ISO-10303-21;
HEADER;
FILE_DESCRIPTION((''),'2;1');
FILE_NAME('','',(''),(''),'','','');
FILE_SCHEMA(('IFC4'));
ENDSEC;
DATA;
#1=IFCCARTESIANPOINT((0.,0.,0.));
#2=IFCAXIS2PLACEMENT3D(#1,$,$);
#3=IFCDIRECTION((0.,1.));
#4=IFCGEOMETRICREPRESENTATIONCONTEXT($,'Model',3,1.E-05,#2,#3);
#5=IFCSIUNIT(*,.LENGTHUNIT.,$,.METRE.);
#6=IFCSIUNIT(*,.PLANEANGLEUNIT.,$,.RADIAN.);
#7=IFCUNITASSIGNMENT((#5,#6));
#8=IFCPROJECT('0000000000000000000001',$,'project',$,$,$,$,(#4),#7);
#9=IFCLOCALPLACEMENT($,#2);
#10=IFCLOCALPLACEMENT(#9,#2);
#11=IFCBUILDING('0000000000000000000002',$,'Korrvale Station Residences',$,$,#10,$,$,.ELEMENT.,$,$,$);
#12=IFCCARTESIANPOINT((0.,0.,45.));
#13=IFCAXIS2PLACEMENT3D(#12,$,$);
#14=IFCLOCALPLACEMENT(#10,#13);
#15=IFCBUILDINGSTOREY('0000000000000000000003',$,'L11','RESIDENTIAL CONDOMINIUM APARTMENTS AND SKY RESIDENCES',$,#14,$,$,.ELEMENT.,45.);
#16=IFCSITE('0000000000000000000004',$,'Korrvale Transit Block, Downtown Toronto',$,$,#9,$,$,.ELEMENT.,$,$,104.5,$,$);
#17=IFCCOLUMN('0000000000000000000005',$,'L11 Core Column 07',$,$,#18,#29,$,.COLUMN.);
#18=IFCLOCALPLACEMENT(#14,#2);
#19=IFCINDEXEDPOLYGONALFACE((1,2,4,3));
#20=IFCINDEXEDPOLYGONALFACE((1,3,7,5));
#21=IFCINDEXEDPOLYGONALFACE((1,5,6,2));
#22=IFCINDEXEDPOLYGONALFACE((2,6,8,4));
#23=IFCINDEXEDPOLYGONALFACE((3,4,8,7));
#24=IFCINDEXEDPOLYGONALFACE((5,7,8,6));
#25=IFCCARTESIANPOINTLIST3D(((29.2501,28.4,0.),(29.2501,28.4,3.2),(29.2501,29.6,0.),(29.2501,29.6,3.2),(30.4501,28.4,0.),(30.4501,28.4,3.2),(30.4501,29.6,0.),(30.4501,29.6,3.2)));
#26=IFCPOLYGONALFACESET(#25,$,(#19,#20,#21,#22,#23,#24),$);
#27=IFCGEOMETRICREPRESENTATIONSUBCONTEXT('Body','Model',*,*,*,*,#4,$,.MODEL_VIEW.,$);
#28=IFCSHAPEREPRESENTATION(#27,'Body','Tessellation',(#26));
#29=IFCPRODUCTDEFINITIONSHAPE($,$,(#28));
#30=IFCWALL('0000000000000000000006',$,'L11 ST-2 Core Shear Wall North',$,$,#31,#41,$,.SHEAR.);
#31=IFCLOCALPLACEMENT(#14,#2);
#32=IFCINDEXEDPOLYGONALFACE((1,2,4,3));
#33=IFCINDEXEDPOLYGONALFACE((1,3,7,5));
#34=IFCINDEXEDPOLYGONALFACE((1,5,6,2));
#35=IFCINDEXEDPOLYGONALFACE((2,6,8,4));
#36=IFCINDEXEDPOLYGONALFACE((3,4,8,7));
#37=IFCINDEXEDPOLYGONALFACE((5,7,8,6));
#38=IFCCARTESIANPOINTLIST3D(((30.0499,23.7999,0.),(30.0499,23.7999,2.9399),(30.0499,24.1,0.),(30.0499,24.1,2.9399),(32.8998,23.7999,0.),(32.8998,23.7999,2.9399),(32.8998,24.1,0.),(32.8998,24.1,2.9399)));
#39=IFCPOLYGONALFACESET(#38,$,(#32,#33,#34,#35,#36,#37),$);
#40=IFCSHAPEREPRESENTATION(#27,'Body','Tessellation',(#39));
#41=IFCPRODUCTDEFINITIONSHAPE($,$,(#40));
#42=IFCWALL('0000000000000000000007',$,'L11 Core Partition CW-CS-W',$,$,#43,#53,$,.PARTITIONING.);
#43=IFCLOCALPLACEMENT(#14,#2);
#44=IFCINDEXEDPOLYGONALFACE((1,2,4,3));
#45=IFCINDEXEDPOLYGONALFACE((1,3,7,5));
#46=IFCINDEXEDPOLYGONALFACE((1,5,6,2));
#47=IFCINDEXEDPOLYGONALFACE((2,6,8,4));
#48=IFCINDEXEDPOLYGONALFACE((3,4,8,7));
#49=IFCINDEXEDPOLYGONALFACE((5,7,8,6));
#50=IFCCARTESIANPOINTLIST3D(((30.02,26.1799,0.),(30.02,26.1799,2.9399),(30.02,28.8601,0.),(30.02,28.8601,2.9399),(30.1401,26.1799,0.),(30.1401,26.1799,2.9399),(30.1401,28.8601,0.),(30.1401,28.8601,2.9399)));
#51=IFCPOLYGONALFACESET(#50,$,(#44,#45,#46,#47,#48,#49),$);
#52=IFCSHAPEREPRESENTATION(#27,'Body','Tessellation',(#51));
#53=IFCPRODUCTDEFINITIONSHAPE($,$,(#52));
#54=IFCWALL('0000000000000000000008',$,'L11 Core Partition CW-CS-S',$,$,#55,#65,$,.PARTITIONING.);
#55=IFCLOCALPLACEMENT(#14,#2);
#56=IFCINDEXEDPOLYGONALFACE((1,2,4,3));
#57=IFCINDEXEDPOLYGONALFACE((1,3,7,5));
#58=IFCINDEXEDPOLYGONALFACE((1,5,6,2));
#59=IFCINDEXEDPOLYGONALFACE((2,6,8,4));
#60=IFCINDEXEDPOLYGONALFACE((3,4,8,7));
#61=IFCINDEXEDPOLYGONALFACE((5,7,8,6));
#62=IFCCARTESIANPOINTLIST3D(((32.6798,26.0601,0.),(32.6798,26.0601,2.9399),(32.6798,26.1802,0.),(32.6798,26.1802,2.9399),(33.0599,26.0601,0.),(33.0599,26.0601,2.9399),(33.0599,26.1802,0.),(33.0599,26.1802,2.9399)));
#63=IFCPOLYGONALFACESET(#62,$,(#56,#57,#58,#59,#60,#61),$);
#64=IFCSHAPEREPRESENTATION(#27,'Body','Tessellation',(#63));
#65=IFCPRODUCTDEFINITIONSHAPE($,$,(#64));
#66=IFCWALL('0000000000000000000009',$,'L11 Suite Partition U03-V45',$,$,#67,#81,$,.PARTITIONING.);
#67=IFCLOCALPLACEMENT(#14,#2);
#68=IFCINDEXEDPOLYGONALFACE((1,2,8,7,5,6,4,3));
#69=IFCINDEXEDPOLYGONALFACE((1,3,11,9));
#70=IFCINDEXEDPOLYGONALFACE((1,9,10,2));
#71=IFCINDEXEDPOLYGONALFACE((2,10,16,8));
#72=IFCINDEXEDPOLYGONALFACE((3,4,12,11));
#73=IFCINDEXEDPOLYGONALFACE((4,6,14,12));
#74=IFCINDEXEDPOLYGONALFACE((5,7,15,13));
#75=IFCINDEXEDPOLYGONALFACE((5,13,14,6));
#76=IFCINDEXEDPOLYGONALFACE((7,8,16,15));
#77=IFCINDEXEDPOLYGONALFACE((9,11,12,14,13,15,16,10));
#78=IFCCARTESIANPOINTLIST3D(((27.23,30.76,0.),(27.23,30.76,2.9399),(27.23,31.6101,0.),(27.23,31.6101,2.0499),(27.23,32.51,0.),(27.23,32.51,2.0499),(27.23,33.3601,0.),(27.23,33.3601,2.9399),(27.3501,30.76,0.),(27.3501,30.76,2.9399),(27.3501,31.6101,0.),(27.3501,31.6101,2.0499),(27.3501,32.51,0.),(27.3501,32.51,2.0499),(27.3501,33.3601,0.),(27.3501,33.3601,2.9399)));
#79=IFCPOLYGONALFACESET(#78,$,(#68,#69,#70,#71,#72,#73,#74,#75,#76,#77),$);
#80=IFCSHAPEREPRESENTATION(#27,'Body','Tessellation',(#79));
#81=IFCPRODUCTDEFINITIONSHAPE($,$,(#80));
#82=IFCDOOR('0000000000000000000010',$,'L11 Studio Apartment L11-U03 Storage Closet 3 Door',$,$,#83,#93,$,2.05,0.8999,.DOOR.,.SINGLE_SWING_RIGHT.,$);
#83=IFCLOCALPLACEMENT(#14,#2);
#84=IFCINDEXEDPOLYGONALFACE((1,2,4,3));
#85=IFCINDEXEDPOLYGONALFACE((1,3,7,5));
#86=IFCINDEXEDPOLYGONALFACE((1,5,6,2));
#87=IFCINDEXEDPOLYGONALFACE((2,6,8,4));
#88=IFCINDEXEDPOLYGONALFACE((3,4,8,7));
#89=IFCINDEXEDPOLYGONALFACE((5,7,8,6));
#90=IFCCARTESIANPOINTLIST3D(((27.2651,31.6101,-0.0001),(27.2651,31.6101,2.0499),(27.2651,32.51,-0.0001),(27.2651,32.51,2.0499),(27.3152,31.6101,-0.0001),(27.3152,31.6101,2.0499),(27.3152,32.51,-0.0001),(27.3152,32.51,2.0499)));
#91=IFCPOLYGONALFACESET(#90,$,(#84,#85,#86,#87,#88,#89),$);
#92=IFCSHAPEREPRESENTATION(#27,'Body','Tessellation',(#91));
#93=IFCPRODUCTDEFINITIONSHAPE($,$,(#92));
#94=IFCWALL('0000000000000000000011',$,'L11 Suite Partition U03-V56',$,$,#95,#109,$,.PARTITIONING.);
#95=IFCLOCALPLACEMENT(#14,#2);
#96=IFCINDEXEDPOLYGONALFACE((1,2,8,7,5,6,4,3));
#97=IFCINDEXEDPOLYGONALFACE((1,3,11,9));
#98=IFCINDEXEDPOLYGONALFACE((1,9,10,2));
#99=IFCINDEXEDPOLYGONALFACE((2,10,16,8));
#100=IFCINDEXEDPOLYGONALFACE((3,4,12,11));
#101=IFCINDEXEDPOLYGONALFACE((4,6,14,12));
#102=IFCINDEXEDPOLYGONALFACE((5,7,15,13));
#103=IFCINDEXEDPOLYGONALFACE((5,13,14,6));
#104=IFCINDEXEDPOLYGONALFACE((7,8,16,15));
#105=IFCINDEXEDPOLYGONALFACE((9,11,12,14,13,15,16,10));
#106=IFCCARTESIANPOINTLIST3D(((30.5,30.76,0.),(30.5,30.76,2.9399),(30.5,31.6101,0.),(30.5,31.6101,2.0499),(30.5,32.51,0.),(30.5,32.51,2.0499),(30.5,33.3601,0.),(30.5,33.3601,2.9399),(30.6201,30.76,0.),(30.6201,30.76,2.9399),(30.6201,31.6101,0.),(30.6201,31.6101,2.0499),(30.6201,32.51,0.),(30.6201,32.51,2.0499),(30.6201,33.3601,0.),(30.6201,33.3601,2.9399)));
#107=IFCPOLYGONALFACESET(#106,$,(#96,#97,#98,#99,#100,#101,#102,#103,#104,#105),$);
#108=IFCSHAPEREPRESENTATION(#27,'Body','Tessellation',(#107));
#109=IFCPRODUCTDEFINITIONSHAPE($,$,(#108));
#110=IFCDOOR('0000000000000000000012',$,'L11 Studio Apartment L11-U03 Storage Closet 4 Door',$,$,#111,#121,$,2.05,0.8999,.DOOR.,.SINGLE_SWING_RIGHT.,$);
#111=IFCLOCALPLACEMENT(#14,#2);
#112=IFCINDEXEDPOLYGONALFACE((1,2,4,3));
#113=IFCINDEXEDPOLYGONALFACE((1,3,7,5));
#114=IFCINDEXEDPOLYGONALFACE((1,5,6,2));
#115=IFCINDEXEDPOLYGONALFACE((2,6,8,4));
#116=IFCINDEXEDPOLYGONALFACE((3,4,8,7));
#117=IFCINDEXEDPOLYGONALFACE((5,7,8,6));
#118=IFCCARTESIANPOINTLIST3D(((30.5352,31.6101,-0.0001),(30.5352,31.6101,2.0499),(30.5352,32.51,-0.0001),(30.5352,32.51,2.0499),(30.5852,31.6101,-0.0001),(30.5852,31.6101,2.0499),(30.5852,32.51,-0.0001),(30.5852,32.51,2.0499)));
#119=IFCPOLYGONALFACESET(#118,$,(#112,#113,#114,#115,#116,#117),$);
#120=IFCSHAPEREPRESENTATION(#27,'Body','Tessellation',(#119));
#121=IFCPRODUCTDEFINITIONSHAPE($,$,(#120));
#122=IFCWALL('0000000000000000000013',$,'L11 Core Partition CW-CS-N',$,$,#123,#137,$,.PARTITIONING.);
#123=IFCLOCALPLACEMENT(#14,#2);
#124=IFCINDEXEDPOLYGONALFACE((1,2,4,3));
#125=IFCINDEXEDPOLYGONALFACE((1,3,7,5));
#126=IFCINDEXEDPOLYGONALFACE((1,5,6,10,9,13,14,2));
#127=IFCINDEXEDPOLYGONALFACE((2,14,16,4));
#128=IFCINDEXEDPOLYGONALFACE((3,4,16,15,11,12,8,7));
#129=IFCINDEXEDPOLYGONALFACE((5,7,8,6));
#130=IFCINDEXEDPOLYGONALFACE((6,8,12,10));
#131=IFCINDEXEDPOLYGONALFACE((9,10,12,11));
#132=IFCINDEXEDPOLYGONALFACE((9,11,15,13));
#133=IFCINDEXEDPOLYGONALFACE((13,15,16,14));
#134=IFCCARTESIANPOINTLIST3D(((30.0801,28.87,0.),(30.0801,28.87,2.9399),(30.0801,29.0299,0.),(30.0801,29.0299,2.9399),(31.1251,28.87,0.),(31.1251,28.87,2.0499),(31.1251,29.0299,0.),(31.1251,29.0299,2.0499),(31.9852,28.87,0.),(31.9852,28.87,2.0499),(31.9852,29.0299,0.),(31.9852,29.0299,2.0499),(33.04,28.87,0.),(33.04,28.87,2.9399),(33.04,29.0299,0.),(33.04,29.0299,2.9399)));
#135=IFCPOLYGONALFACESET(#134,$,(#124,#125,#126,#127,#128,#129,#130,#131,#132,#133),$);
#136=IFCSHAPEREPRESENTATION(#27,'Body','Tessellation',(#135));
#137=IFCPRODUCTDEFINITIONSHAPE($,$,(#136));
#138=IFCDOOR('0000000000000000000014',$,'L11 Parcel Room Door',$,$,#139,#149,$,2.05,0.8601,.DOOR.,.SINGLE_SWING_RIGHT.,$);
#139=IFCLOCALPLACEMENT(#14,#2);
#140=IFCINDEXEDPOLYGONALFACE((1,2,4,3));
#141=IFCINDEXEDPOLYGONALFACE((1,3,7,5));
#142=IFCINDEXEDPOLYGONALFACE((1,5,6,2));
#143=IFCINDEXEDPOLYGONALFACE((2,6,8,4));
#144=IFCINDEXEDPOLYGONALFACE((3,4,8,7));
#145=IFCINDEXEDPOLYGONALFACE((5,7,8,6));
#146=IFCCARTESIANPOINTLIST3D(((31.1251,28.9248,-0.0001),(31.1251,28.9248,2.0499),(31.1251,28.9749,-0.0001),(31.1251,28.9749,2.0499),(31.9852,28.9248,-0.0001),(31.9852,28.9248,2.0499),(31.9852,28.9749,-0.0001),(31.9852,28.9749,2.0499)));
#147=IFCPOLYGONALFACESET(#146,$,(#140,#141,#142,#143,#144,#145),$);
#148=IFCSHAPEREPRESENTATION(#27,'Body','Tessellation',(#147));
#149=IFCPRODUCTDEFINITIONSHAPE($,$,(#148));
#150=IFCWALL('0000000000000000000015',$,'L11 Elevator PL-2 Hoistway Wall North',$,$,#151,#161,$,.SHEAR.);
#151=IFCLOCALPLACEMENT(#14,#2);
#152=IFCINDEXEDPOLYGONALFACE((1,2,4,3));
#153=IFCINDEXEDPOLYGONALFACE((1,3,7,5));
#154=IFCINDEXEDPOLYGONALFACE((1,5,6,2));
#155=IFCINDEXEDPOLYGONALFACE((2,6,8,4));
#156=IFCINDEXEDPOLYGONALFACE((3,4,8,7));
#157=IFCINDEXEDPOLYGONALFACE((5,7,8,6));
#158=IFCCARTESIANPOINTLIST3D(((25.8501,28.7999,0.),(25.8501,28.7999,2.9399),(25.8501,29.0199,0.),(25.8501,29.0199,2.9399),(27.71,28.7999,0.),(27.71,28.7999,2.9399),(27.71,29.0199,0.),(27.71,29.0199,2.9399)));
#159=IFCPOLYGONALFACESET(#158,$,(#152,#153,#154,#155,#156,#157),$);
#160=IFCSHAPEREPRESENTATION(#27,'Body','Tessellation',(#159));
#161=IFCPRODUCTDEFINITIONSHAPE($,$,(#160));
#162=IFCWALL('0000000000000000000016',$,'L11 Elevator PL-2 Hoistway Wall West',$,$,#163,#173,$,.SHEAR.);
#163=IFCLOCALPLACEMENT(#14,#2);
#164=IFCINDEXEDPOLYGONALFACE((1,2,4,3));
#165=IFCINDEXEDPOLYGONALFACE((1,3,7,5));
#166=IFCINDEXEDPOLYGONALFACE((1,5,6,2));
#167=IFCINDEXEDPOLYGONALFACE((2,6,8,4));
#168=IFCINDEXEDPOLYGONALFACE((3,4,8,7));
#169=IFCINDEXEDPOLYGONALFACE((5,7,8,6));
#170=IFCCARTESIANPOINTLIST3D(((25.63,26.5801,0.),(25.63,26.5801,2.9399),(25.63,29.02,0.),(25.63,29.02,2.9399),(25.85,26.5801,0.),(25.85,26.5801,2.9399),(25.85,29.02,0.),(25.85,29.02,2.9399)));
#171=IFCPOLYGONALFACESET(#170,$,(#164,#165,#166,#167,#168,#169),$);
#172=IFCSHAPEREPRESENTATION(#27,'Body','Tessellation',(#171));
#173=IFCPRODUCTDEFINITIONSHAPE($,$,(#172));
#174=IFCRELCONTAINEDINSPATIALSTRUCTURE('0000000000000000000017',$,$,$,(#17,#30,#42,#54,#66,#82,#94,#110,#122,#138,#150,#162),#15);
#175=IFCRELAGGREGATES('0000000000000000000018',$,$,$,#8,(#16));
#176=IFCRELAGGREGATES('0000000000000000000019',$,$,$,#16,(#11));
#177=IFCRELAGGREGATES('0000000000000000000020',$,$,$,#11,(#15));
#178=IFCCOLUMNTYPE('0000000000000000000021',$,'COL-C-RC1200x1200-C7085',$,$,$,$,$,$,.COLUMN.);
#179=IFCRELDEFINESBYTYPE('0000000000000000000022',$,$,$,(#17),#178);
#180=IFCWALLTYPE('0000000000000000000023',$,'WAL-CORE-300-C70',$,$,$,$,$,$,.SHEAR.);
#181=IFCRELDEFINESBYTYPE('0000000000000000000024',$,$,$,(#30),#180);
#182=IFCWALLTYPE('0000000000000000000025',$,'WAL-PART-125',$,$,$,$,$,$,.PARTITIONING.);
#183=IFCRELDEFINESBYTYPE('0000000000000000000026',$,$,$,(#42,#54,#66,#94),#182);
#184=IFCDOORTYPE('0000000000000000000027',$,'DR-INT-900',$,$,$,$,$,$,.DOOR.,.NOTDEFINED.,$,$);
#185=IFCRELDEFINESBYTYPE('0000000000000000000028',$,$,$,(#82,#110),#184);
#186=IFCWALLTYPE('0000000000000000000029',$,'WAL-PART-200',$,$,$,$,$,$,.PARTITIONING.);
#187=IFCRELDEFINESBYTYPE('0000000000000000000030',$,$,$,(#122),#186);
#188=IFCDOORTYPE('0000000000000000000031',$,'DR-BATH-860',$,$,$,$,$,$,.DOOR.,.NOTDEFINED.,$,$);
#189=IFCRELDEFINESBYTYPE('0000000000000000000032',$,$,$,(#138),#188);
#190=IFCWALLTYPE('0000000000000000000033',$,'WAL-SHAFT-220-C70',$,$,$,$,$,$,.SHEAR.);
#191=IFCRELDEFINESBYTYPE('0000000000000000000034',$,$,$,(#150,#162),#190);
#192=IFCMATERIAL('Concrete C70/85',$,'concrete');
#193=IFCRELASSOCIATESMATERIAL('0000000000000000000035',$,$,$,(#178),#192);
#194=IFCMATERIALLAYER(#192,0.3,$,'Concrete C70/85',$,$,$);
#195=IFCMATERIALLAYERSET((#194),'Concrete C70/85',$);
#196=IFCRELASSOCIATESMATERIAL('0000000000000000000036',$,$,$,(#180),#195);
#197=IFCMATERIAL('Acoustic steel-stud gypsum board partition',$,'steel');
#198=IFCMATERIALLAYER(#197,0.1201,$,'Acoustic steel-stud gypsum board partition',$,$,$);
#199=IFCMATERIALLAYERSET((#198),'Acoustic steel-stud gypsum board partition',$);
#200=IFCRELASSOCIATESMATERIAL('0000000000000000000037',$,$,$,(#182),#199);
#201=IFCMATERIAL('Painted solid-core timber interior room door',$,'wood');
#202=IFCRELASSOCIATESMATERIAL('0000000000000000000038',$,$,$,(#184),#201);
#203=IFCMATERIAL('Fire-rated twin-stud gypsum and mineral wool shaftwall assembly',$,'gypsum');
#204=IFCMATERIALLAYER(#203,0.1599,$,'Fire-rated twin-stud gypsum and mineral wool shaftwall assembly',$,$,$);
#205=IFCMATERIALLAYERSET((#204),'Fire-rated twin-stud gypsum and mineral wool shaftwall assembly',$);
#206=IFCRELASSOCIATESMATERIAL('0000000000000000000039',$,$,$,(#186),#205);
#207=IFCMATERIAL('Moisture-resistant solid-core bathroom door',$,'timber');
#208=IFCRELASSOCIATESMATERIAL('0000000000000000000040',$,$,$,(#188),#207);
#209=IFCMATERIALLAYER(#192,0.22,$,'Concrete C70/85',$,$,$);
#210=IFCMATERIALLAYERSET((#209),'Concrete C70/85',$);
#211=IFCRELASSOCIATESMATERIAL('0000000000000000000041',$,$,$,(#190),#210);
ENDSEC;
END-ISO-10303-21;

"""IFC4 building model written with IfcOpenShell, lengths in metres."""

from ifc_helpers import new_model, si_unit, direction, frame, frame_2d, origin, origin_2d, place, context, subcontext, project, spatial, rectangle, extrude, material, layer, layer_set, material_profile, profile_set, type_object, element, fill, save


model = new_model("IFC4")

# Units and contexts
model_context = context("Model", 3, precision=1e-05, world=origin(), true_north=direction((0.0, 1.0)))
body_context = subcontext(model_context, "Body", "Model", "MODEL_VIEW")
ifc_project = project(units=[si_unit("LENGTHUNIT", "METRE"), si_unit("PLANEANGLEUNIT", "RADIAN")], contexts=[model_context])

# Site, building, storey
site_placement = place(None, origin())
site = spatial("IfcSite", under=ifc_project, at=site_placement, Name="Korrvale Transit Block, Downtown Toronto", CompositionType="ELEMENT", RefElevation=104.5)
building_placement = place(site_placement, origin())
building = spatial("IfcBuilding", under=site, at=building_placement, Name="Korrvale Station Residences", CompositionType="ELEMENT")
storey_placement = place(building_placement, frame((0.0, 0.0, 45.0)))
storey = spatial("IfcBuildingStorey", under=building, at=storey_placement, Name="L11", Description="RESIDENTIAL CONDOMINIUM APARTMENTS AND SKY RESIDENCES", CompositionType="ELEMENT", Elevation=45.0)

# Column
ifc_material_1 = material(Name="Concrete C70/85", Category="concrete")
ifc_material_profile = material_profile(ifc_material_1, rectangle(XDim=1.2, YDim=1.2, at=origin_2d()), Name="RC1200x1200")
ifc_profile_set = profile_set([ifc_material_profile], Name="Concrete C70/85")
column_type = type_object("IfcColumnType", Name="COL-C-RC1200x1200-C7085", PredefinedType="COLUMN", material=ifc_profile_set)
column_placement = place(storey_placement, frame((29.8501, 29.0, 0.0), z_axis=(0.0, 0.0, 1.0), x_axis=(1.0, 0.0, 0.0)))
element("IfcColumn", 1, at=column_placement, inside=storey, type_object=column_type, Name="L11 Core Column 07", PredefinedType="COLUMN", context=body_context, shape_type="SweptSolid", body=[
    extrude(rectangle(XDim=1.2, YDim=1.2, at=origin_2d()), origin(), (0.0, 0.0, 1.0), 3.2),
])

# Walls
ifc_layer_1 = layer(ifc_material_1, 0.3, Name="Concrete C70/85")
ifc_layer_set_1 = layer_set([ifc_layer_1], Name="Concrete C70/85")
wall_type_1 = type_object("IfcWallType", Name="WAL-CORE-300-C70", PredefinedType="SHEAR", material=ifc_layer_set_1)
wall_1_placement = place(storey_placement, frame((30.05, 23.95, 0.0), z_axis=(0.0, 0.0, 1.0), x_axis=(1.0, 0.0, 0.0)))
element("IfcWall", 2, at=wall_1_placement, inside=storey, type_object=wall_type_1, Name="L11 ST-2 Core Shear Wall North", PredefinedType="SHEAR", context=body_context, shape_type="SweptSolid", body=[
    extrude(rectangle(XDim=2.8499, YDim=0.3, at=frame_2d((1.4248, 0.0))), origin(), (0.0, 0.0, 1.0), 2.9399),
])
ifc_material_2 = material(Name="Acoustic steel-stud gypsum board partition", Category="steel")
ifc_layer_2 = layer(ifc_material_2, 0.1201, Name="Acoustic steel-stud gypsum board partition")
ifc_layer_set_2 = layer_set([ifc_layer_2], Name="Acoustic steel-stud gypsum board partition")
wall_type_2 = type_object("IfcWallType", Name="WAL-PART-125", PredefinedType="PARTITIONING", material=ifc_layer_set_2)
wall_2_placement = place(storey_placement, frame((30.0801, 26.1799, 0.0), z_axis=(0.0, 0.0, 1.0), x_axis=(0.0, 1.0, 0.0)))
element("IfcWall", 3, at=wall_2_placement, inside=storey, type_object=wall_type_2, Name="L11 Core Partition CW-CS-W", PredefinedType="PARTITIONING", context=body_context, shape_type="SweptSolid", body=[
    extrude(rectangle(XDim=2.6802, YDim=0.1201, at=frame_2d((1.3401, 0.0))), origin(), (0.0, 0.0, 1.0), 2.9399),
])
wall_3_placement = place(storey_placement, frame((32.6799, 26.1201, 0.0), z_axis=(0.0, 0.0, 1.0), x_axis=(1.0, 0.0, 0.0)))
element("IfcWall", 4, at=wall_3_placement, inside=storey, type_object=wall_type_2, Name="L11 Core Partition CW-CS-S", PredefinedType="PARTITIONING", context=body_context, shape_type="SweptSolid", body=[
    extrude(rectangle(XDim=0.3801, YDim=0.1201, at=frame_2d((0.1899, 0.0))), origin(), (0.0, 0.0, 1.0), 2.9399),
])

# Walls, openings, doors
wall_4_placement = place(storey_placement, frame((27.29, 30.76, 0.0), z_axis=(0.0, 0.0, 1.0), x_axis=(0.0, 1.0, 0.0)))
wall_4 = element("IfcWall", 5, at=wall_4_placement, inside=storey, type_object=wall_type_2, Name="L11 Suite Partition U03-V45", PredefinedType="PARTITIONING", context=body_context, shape_type="SweptSolid", body=[
    extrude(rectangle(XDim=2.6001, YDim=0.1201, at=frame_2d((1.3, 0.0))), origin(), (0.0, 0.0, 1.0), 2.9399),
])
opening_1_placement = place(wall_4_placement, frame((0.8501, 0.0, 0.0)))
opening_1 = element("IfcOpeningElement", 6, at=opening_1_placement, cuts=wall_4, PredefinedType="OPENING", context=body_context, shape_type="SweptSolid", body=[
    extrude(rectangle(XDim=0.8999, YDim=2.05, at=frame_2d((0.45, 1.0249))), frame((0.0, 0.0701, 0.0), z_axis=(0.0, -1.0, 0.0), x_axis=(1.0, 0.0, 0.0)), (0.0, 0.0, 1.0), 0.1401),
])
ifc_material_3 = material(Name="Painted solid-core timber interior room door", Category="wood")
door_type_1 = type_object("IfcDoorType", Name="DR-INT-900", OperationType="NOTDEFINED", PredefinedType="DOOR", material=ifc_material_3)
door_1_placement = place(opening_1_placement, origin())
door_1 = element("IfcDoor", 7, at=door_1_placement, inside=storey, type_object=door_type_1, Name="L11 Studio Apartment L11-U03 Storage Closet 3 Door", OperationType="SINGLE_SWING_RIGHT", OverallHeight=2.05, OverallWidth=0.8999, PredefinedType="DOOR", context=body_context, shape_type="SweptSolid", body=[
    extrude(rectangle(XDim=0.8999, YDim=2.05, at=frame_2d((0.45, 1.0249))), frame((0.0, 0.0249, 0.0), z_axis=(0.0, -1.0, 0.0), x_axis=(1.0, 0.0, 0.0)), (0.0, 0.0, 1.0), 0.05),
])
fill(opening_1, door_1)
wall_5_placement = place(storey_placement, frame((30.5601, 30.76, 0.0), z_axis=(0.0, 0.0, 1.0), x_axis=(0.0, 1.0, 0.0)))
wall_5 = element("IfcWall", 8, at=wall_5_placement, inside=storey, type_object=wall_type_2, Name="L11 Suite Partition U03-V56", PredefinedType="PARTITIONING", context=body_context, shape_type="SweptSolid", body=[
    extrude(rectangle(XDim=2.6001, YDim=0.1201, at=frame_2d((1.3, 0.0))), origin(), (0.0, 0.0, 1.0), 2.9399),
])
opening_2_placement = place(wall_5_placement, frame((0.8501, 0.0, 0.0)))
opening_2 = element("IfcOpeningElement", 9, at=opening_2_placement, cuts=wall_5, PredefinedType="OPENING", context=body_context, shape_type="SweptSolid", body=[
    extrude(rectangle(XDim=0.8999, YDim=2.05, at=frame_2d((0.45, 1.0249))), frame((0.0, 0.0701, 0.0), z_axis=(0.0, -1.0, 0.0), x_axis=(1.0, 0.0, 0.0)), (0.0, 0.0, 1.0), 0.1401),
])
door_2_placement = place(opening_2_placement, origin())
door_2 = element("IfcDoor", 10, at=door_2_placement, inside=storey, type_object=door_type_1, Name="L11 Studio Apartment L11-U03 Storage Closet 4 Door", OperationType="SINGLE_SWING_RIGHT", OverallHeight=2.05, OverallWidth=0.8999, PredefinedType="DOOR", context=body_context, shape_type="SweptSolid", body=[
    extrude(rectangle(XDim=0.8999, YDim=2.05, at=frame_2d((0.45, 1.0249))), frame((0.0, 0.0249, 0.0), z_axis=(0.0, -1.0, 0.0), x_axis=(1.0, 0.0, 0.0)), (0.0, 0.0, 1.0), 0.05),
])
fill(opening_2, door_2)
ifc_material_4 = material(Name="Fire-rated twin-stud gypsum and mineral wool shaftwall assembly", Category="gypsum")
ifc_layer_3 = layer(ifc_material_4, 0.1599, Name="Fire-rated twin-stud gypsum and mineral wool shaftwall assembly")
ifc_layer_set_3 = layer_set([ifc_layer_3], Name="Fire-rated twin-stud gypsum and mineral wool shaftwall assembly")
wall_type_3 = type_object("IfcWallType", Name="WAL-PART-200", PredefinedType="PARTITIONING", material=ifc_layer_set_3)
wall_6_placement = place(storey_placement, frame((30.0801, 28.95, 0.0), z_axis=(0.0, 0.0, 1.0), x_axis=(1.0, 0.0, 0.0)))
wall_6 = element("IfcWall", 11, at=wall_6_placement, inside=storey, type_object=wall_type_3, Name="L11 Core Partition CW-CS-N", PredefinedType="PARTITIONING", context=body_context, shape_type="SweptSolid", body=[
    extrude(rectangle(XDim=2.96, YDim=0.1599, at=frame_2d((1.48, 0.0))), origin(), (0.0, 0.0, 1.0), 2.9399),
])
opening_3_placement = place(wall_6_placement, frame((1.0449, 0.0, 0.0)))
opening_3 = element("IfcOpeningElement", 12, at=opening_3_placement, cuts=wall_6, PredefinedType="OPENING", context=body_context, shape_type="SweptSolid", body=[
    extrude(rectangle(XDim=0.8601, YDim=2.05, at=frame_2d((0.4302, 1.0249))), frame((0.0, 0.0898, 0.0), z_axis=(0.0, -1.0, 0.0), x_axis=(1.0, 0.0, 0.0)), (0.0, 0.0, 1.0), 0.1799),
])
ifc_material_5 = material(Name="Moisture-resistant solid-core bathroom door", Category="timber")
door_type_2 = type_object("IfcDoorType", Name="DR-BATH-860", OperationType="NOTDEFINED", PredefinedType="DOOR", material=ifc_material_5)
door_3_placement = place(opening_3_placement, origin())
door_3 = element("IfcDoor", 13, at=door_3_placement, inside=storey, type_object=door_type_2, Name="L11 Parcel Room Door", OperationType="SINGLE_SWING_RIGHT", OverallHeight=2.05, OverallWidth=0.8601, PredefinedType="DOOR", context=body_context, shape_type="SweptSolid", body=[
    extrude(rectangle(XDim=0.8601, YDim=2.05, at=frame_2d((0.4302, 1.0249))), frame((0.0, 0.0249, 0.0), z_axis=(0.0, -1.0, 0.0), x_axis=(1.0, 0.0, 0.0)), (0.0, 0.0, 1.0), 0.05),
])
fill(opening_3, door_3)
ifc_layer_4 = layer(ifc_material_1, 0.22, Name="Concrete C70/85")
ifc_layer_set_4 = layer_set([ifc_layer_4], Name="Concrete C70/85")
wall_type_4 = type_object("IfcWallType", Name="WAL-SHAFT-220-C70", PredefinedType="SHEAR", material=ifc_layer_set_4)

# Walls
wall_7_placement = place(storey_placement, frame((25.8501, 28.9099, 0.0), z_axis=(0.0, 0.0, 1.0), x_axis=(1.0, 0.0, 0.0)))
element("IfcWall", 14, at=wall_7_placement, inside=storey, type_object=wall_type_4, Name="L11 Elevator PL-2 Hoistway Wall North", PredefinedType="SHEAR", context=body_context, shape_type="SweptSolid", body=[
    extrude(rectangle(XDim=1.8599, YDim=0.22, at=frame_2d((0.9299, 0.0))), origin(), (0.0, 0.0, 1.0), 2.9399),
])
for number, where, z_axis, x_axis, name in (
    (15, (25.74, 26.5801, 0.0), (0.0, 0.0, 1.0), (0.0, 1.0, 0.0), "L11 Elevator PL-2 Hoistway Wall West"),
):
    element("IfcWall", number, at=place(storey_placement, frame(where, z_axis=z_axis, x_axis=x_axis)), inside=storey, type_object=wall_type_4, Name=name, PredefinedType="SHEAR", context=body_context, shape_type="SweptSolid", body=[
        extrude(rectangle(XDim=2.4399, YDim=0.22, at=frame_2d((1.22, 0.0))), origin(), (0.0, 0.0, 1.0), 2.9399),
    ])

save(model, "model.ifc")
